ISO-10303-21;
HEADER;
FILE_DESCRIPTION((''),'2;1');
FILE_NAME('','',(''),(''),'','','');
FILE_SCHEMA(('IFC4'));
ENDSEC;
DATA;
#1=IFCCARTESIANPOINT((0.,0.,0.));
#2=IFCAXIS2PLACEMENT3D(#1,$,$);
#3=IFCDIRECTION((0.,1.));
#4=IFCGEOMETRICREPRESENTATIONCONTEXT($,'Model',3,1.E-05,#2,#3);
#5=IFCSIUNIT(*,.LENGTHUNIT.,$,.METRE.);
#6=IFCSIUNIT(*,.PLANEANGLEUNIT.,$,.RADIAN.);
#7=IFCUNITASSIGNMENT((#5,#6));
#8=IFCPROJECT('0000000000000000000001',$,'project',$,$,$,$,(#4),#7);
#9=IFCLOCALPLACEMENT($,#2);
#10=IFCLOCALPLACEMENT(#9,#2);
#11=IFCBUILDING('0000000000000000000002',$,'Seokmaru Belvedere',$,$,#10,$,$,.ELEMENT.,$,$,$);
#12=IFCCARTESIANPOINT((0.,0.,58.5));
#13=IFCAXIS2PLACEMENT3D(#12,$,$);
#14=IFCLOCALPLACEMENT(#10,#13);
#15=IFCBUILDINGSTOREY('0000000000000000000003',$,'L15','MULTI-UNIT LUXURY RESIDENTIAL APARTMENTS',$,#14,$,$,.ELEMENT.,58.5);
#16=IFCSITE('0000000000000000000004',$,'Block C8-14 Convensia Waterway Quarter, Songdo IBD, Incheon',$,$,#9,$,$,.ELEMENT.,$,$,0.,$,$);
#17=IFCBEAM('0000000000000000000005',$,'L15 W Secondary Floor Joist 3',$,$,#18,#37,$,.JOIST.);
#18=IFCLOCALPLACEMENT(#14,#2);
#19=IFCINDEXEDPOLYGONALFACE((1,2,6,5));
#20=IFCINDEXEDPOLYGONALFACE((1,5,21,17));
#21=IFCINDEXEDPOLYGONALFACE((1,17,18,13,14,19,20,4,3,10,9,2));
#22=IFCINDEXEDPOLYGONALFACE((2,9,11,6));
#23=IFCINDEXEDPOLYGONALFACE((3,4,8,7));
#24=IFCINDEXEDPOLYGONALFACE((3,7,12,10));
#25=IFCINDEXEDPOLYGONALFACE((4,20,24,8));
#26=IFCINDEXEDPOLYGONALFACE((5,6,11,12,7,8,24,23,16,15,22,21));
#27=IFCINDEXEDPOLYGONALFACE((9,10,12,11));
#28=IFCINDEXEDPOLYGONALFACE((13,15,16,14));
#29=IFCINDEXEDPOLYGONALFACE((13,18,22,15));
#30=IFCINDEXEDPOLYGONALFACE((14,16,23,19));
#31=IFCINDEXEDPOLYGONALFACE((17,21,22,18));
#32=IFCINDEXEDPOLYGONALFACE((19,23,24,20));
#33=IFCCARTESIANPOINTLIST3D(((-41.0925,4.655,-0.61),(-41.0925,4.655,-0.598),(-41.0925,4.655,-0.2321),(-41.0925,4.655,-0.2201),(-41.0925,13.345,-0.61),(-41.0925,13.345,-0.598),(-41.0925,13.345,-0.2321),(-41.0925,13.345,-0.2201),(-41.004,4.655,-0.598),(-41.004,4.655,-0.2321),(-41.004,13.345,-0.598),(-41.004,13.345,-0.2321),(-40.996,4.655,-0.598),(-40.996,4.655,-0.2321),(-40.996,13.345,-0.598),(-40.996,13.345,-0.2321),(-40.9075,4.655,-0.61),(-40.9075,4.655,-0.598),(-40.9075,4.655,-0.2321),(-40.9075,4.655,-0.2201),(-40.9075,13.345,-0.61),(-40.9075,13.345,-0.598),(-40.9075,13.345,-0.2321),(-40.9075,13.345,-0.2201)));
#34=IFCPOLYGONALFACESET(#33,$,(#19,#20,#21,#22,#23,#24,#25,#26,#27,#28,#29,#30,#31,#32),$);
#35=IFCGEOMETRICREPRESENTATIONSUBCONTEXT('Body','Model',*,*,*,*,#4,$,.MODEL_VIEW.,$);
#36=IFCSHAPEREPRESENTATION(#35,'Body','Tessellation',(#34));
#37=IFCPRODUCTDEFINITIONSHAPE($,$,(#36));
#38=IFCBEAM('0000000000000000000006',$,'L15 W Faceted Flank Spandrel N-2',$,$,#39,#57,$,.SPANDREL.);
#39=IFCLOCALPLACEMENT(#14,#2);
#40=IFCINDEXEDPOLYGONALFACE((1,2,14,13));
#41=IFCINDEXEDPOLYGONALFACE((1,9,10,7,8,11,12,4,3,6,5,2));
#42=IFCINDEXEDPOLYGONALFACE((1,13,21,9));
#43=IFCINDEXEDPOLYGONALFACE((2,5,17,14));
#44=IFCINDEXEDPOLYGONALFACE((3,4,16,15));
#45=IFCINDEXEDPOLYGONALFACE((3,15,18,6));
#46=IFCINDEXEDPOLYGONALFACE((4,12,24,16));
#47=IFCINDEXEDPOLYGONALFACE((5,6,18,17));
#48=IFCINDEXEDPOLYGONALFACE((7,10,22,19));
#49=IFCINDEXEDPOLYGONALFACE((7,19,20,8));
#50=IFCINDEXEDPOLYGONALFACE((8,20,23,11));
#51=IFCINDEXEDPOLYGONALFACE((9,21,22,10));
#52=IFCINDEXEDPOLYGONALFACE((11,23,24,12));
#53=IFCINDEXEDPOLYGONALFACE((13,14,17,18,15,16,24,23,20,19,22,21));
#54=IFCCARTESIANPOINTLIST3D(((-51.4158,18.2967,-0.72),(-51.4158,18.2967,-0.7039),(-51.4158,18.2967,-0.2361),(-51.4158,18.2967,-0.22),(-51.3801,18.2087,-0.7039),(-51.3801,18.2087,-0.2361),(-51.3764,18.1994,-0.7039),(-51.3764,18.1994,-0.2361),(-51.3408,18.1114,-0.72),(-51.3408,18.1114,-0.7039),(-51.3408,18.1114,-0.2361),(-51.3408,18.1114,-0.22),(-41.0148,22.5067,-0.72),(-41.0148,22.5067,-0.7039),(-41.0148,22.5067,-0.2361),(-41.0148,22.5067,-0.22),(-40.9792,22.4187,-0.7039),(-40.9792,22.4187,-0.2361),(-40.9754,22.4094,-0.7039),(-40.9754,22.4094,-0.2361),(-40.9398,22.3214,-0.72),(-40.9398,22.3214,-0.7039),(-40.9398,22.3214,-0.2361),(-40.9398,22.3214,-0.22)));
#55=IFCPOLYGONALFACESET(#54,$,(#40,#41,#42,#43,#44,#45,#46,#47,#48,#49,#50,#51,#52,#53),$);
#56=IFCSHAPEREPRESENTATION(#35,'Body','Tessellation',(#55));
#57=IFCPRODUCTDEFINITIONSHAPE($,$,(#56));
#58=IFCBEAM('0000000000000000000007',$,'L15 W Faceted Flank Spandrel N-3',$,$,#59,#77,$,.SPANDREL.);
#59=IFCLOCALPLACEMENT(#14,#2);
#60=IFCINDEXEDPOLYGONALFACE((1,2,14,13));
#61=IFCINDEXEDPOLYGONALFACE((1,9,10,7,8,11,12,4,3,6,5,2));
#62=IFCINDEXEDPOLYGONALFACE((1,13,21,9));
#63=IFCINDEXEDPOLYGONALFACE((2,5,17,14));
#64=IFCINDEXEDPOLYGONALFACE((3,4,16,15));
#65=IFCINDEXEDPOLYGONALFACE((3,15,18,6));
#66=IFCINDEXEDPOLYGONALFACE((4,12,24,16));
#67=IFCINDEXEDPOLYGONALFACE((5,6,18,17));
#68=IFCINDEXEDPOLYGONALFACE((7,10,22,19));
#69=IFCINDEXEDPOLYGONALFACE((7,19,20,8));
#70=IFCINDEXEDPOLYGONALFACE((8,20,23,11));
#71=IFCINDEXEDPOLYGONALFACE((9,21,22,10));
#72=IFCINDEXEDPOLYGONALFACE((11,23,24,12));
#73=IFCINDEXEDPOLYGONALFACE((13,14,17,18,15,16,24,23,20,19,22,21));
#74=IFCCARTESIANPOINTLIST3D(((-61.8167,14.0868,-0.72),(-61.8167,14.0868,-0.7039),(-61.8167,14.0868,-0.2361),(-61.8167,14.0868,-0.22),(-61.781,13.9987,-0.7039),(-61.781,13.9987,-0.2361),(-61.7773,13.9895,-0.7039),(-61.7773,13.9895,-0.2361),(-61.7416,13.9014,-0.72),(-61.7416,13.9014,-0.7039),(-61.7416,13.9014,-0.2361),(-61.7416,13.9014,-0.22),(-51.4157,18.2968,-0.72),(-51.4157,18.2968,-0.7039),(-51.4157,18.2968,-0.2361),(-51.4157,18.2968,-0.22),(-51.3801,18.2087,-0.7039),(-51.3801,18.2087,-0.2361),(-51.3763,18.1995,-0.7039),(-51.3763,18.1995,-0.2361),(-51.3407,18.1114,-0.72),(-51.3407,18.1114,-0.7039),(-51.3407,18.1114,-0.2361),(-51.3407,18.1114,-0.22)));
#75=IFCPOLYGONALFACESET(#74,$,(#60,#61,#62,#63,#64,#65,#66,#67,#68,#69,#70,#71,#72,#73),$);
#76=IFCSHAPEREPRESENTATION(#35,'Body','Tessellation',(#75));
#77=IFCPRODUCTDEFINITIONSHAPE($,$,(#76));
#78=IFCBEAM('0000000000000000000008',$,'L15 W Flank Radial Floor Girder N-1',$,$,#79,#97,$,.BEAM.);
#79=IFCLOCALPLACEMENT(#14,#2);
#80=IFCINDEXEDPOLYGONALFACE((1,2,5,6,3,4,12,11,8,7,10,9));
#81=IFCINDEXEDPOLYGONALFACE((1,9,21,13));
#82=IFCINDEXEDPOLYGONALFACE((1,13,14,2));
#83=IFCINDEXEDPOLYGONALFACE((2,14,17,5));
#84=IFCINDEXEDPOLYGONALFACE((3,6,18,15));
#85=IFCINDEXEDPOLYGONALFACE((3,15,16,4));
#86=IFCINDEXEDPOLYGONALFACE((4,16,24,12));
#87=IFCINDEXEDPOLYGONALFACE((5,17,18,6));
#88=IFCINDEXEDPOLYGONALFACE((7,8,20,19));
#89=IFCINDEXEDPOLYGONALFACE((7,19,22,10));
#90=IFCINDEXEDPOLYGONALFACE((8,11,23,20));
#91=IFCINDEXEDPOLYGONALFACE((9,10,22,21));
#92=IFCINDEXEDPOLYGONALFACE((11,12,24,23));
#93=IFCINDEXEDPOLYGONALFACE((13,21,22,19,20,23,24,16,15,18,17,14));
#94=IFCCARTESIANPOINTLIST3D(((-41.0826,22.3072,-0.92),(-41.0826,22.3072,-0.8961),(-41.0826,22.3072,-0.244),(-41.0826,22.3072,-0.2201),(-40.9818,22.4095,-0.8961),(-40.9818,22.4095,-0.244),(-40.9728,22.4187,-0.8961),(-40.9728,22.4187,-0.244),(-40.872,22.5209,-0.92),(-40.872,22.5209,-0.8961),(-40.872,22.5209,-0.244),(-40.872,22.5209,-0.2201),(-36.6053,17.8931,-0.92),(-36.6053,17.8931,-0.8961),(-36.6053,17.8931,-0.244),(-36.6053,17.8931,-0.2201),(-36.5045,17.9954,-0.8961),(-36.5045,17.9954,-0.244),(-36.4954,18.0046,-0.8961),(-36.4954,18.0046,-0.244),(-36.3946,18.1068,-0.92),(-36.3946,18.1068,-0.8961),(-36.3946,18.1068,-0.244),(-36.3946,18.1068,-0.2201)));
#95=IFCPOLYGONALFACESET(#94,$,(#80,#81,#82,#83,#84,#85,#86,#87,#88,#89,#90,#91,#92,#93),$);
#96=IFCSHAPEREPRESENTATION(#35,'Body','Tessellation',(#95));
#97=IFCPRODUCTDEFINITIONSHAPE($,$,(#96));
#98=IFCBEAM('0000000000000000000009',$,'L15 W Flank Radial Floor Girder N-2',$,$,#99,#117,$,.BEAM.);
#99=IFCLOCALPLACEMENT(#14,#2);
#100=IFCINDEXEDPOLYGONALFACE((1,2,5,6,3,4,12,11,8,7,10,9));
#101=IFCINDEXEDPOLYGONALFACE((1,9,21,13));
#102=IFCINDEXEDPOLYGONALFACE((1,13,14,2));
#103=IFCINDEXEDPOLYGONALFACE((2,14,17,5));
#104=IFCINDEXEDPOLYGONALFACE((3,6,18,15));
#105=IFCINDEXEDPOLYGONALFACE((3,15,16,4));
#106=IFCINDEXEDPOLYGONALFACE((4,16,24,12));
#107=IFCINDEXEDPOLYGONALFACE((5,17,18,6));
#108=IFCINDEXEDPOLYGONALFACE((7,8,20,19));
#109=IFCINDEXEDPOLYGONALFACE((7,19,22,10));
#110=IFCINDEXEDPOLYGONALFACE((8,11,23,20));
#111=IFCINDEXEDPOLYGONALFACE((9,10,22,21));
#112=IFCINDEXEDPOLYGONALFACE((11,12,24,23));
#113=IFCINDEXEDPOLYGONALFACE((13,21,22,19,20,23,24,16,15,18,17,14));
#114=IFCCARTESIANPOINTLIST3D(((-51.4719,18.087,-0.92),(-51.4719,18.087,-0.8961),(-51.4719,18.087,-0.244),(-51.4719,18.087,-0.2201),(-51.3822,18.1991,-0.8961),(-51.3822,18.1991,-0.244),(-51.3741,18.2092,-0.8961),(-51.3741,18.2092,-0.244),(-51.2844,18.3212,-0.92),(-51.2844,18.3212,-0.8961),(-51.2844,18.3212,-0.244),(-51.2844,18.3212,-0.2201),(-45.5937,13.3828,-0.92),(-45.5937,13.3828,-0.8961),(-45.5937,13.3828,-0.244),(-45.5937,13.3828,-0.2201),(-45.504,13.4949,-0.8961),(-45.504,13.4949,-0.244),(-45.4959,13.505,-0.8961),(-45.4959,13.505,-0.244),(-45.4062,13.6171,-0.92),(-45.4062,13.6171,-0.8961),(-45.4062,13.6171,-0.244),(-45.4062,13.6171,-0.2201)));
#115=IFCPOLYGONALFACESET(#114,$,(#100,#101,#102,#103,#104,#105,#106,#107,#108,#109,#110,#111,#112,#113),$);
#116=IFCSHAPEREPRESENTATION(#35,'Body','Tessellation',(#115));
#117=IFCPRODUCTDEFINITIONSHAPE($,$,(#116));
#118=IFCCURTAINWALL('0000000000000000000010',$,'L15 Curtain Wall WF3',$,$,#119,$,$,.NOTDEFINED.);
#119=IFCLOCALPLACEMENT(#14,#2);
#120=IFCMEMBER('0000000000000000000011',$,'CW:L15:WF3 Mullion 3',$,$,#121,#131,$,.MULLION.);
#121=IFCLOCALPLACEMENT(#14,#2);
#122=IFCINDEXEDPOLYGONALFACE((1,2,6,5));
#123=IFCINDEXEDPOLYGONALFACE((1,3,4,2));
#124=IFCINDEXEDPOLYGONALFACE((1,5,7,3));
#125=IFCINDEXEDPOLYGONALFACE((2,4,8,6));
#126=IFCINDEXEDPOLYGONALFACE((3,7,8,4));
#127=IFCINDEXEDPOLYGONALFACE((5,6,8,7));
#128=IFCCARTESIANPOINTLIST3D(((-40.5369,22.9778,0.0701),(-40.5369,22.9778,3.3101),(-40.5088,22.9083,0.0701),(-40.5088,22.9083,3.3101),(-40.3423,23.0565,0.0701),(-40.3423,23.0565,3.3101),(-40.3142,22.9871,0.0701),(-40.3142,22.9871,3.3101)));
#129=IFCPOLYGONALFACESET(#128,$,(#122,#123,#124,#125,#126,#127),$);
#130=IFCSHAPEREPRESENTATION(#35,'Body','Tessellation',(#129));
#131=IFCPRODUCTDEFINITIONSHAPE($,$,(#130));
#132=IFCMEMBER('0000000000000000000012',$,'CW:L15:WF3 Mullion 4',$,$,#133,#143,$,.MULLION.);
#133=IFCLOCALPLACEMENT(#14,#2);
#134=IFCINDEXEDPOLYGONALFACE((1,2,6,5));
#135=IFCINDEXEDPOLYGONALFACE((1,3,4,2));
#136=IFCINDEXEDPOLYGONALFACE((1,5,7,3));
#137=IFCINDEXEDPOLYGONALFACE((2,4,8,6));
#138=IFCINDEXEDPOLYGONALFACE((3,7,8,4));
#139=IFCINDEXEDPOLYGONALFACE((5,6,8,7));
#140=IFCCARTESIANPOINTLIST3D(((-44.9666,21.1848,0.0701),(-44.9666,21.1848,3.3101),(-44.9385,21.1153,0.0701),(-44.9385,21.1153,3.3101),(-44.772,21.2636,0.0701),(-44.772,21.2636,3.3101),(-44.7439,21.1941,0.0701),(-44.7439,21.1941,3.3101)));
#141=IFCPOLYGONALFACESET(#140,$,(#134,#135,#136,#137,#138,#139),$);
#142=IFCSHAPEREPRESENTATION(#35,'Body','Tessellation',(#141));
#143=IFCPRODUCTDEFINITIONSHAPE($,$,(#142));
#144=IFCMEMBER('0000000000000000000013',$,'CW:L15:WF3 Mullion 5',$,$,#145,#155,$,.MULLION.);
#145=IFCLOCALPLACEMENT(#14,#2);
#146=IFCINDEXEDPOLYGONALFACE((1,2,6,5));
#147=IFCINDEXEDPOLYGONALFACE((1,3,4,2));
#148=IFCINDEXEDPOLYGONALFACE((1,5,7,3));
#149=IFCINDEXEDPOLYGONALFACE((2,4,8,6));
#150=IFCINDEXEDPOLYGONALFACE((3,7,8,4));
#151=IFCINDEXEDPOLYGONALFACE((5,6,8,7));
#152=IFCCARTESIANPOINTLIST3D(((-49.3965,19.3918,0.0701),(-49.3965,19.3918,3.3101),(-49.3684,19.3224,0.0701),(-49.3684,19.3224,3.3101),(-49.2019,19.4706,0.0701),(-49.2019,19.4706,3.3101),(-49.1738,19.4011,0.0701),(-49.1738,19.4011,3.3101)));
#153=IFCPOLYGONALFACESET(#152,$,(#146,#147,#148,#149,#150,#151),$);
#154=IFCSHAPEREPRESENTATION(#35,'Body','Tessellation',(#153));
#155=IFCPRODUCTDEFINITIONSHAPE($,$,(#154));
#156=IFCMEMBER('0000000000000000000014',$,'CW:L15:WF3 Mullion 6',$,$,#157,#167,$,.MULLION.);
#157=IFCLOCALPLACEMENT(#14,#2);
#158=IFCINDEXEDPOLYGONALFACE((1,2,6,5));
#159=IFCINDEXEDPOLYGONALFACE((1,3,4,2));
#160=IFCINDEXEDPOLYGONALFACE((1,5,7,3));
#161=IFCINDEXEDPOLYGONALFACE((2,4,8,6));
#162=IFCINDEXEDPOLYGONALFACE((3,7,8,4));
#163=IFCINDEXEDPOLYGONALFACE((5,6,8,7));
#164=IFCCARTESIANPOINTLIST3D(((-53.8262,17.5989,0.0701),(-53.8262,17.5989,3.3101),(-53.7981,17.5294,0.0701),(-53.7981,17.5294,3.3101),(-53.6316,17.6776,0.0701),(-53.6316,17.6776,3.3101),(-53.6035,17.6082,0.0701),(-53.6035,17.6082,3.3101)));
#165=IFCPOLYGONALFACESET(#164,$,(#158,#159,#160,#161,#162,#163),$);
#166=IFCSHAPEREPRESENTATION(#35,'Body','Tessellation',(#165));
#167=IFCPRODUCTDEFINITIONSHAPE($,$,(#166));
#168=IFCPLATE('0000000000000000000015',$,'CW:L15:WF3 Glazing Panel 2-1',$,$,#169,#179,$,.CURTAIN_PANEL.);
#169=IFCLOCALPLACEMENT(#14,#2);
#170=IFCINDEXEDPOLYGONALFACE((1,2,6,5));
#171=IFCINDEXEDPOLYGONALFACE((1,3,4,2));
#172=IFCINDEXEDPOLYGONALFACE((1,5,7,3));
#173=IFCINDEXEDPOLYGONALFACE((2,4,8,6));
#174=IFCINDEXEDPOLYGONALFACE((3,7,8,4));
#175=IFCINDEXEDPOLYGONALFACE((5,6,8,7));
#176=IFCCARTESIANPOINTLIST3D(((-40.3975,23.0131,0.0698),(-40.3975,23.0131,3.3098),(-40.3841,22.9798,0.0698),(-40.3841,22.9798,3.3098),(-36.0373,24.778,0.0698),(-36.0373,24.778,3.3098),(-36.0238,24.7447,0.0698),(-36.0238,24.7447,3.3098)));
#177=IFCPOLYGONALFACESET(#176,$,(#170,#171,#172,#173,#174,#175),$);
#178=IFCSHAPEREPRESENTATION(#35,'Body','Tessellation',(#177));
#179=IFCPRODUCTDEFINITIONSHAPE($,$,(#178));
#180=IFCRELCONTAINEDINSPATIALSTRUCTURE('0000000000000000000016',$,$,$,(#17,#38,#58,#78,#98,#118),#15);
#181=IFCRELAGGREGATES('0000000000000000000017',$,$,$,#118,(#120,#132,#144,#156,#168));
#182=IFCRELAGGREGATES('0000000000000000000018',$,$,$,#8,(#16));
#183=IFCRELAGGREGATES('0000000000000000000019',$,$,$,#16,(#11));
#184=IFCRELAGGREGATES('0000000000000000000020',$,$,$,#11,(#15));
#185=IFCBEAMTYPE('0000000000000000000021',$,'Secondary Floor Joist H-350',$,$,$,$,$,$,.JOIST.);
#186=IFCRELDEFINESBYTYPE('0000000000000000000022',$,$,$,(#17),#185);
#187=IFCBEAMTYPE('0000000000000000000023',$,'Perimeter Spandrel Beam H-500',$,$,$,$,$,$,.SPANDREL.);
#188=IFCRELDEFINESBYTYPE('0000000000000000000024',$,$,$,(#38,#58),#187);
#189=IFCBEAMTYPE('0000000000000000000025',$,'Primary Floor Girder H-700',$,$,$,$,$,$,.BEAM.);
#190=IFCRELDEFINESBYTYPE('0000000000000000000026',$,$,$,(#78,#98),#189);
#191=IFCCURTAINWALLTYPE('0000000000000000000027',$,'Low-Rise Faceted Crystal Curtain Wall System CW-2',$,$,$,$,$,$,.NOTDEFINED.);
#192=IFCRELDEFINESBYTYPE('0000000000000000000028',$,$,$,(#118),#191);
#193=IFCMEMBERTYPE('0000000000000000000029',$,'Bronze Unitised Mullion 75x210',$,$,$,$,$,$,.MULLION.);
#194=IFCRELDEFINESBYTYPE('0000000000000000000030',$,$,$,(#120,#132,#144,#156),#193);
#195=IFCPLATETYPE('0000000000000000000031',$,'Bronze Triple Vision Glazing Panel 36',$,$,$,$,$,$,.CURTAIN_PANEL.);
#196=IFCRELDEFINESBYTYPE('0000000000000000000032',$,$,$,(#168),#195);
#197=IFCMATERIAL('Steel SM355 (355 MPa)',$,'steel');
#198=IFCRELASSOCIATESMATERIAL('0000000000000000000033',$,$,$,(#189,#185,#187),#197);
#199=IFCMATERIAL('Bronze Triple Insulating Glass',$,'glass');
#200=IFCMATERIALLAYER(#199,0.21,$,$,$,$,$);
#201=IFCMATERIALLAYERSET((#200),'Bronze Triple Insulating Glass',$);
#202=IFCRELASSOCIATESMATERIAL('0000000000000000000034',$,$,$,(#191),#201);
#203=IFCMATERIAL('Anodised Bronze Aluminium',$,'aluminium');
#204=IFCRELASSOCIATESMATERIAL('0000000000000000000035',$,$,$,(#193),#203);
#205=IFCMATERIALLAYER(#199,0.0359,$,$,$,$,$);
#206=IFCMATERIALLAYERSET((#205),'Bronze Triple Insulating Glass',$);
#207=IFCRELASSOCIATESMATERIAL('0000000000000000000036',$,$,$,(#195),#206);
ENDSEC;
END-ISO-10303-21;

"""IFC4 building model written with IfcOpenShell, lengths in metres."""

from ifc_helpers import new_model, si_unit, direction, frame, origin, origin_2d, place, context, subcontext, project, spatial, rectangle, i_section, extrude, source, transform, mapped, material, layer, layer_set, material_profile, profile_set, type_object, type_shapes, element, aggregate, save


model = new_model("IFC4")

# Units and contexts
model_context = context("Model", 3, precision=1e-05, world=origin(), true_north=direction((0.0, 1.0)))
body_context = subcontext(model_context, "Body", "Model", "MODEL_VIEW")
ifc_project = project(units=[si_unit("LENGTHUNIT", "METRE"), si_unit("PLANEANGLEUNIT", "RADIAN")], contexts=[model_context])

# Site, building, storey
site_placement = place(None, origin())
site = spatial("IfcSite", under=ifc_project, at=site_placement, Name="Block C8-14 Convensia Waterway Quarter, Songdo IBD, Incheon", CompositionType="ELEMENT", RefElevation=0.0)
building_placement = place(site_placement, origin())
building = spatial("IfcBuilding", under=site, at=building_placement, Name="Seokmaru Belvedere", CompositionType="ELEMENT")
storey_placement = place(building_placement, frame((0.0, 0.0, 58.5)))
storey = spatial("IfcBuildingStorey", under=building, at=storey_placement, Name="L15", Description="MULTI-UNIT LUXURY RESIDENTIAL APARTMENTS", CompositionType="ELEMENT", Elevation=58.5)

# Shared definitions
ifc_material_1 = material(Name="Steel SM355 (355 MPa)", Category="steel")

# Beams
ifc_material_profile_1 = material_profile(ifc_material_1, i_section(OverallWidth=0.3, OverallDepth=0.7, WebThickness=0.0129, FlangeThickness=0.0239, at=origin_2d()), Name="H-700x300x13x24")
ifc_profile_set_1 = profile_set([ifc_material_profile_1], Name="Steel SM355 (355 MPa)")
beam_type_1 = type_object("IfcBeamType", Name="Primary Floor Girder H-700", PredefinedType="BEAM", material=ifc_profile_set_1)
ifc_material_profile_2 = material_profile(ifc_material_1, i_section(OverallWidth=0.1851, OverallDepth=0.3899, WebThickness=0.0081, FlangeThickness=0.012, at=origin_2d()), Name="H-390x185x8x12")
ifc_profile_set_2 = profile_set([ifc_material_profile_2], Name="Steel SM355 (355 MPa)")
beam_type_2 = type_object("IfcBeamType", Name="Secondary Floor Joist H-350", PredefinedType="JOIST", material=ifc_profile_set_2)
shared_shape_1 = source(origin(), body_context, "Body", "SweptSolid", [
    extrude(i_section(OverallWidth=0.1851, OverallDepth=0.3899, WebThickness=0.0081, FlangeThickness=0.012, at=origin_2d()), origin(), (0.0, 0.0, 1.0), 8.6899),
])
type_shapes(beam_type_2, [shared_shape_1])
for number, where, z_axis, x_axis, name in (
    (1, (-41.0, 4.655, -0.415), (0.0, 1.0, 0.0), (-1.0, 0.0, 0.0), "L15 W Secondary Floor Joist 3"),
):
    element("IfcBeam", number, at=place(storey_placement, frame(where, z_axis=z_axis, x_axis=x_axis)), inside=storey, type_object=beam_type_2, Name=name, PredefinedType="JOIST", context=body_context, shape_type="MappedRepresentation", body=[
        mapped(shared_shape_1, transform((0.0, 0.0, 0.0), scale=1.0)),
    ])
ifc_material_profile_3 = material_profile(ifc_material_1, i_section(OverallWidth=0.2, OverallDepth=0.5, WebThickness=0.01, FlangeThickness=0.0161, at=origin_2d()), Name="H-500x200x10x16")
ifc_profile_set_3 = profile_set([ifc_material_profile_3], Name="Steel SM355 (355 MPa)")
beam_type_3 = type_object("IfcBeamType", Name="Perimeter Spandrel Beam H-500", PredefinedType="SPANDREL", material=ifc_profile_set_3)
shared_shape_2 = source(origin(), body_context, "Body", "SweptSolid", [
    extrude(i_section(OverallWidth=0.2, OverallDepth=0.5, WebThickness=0.01, FlangeThickness=0.0161, at=origin_2d()), origin(), (0.0, 0.0, 1.0), 11.2207),
])
type_shapes(beam_type_3, [shared_shape_2])
for number, where, z_axis, x_axis, name in (
    (2, (-40.9773, 22.4141, -0.47), (-0.926944, -0.375199, 0.0), (0.375199, -0.926944, 0.0), "L15 W Faceted Flank Spandrel N-2"),
    (3, (-51.3782, 18.2041, -0.47), (-0.926944, -0.375199, 0.0), (0.375199, -0.926944, 0.0), "L15 W Faceted Flank Spandrel N-3"),
):
    element("IfcBeam", number, at=place(storey_placement, frame(where, z_axis=z_axis, x_axis=x_axis)), inside=storey, type_object=beam_type_3, Name=name, PredefinedType="SPANDREL", context=body_context, shape_type="MappedRepresentation", body=[
        mapped(shared_shape_2, transform((0.0, 0.0, 0.0), scale=1.0)),
    ])
shared_shape_3 = source(origin(), body_context, "Body", "SweptSolid", [
    extrude(i_section(OverallWidth=0.3, OverallDepth=0.7, WebThickness=0.0129, FlangeThickness=0.0239, at=origin_2d()), origin(), (0.0, 0.0, 1.0), 6.2874),
])
beam_1_placement = place(storey_placement, frame((-40.9773, 22.4141, -0.5701), z_axis=(0.712117, -0.70206, 0.0), x_axis=(0.70206, 0.712117, 0.0)))
element("IfcBeam", 4, at=beam_1_placement, inside=storey, type_object=beam_type_1, Name="L15 W Flank Radial Floor Girder N-1", PredefinedType="BEAM", context=body_context, shape_type="MappedRepresentation", body=[
    mapped(shared_shape_3, transform((0.0, 0.0, 0.0), scale=1.0)),
])
shared_shape_4 = source(origin(), body_context, "Body", "SweptSolid", [
    extrude(i_section(OverallWidth=0.3, OverallDepth=0.7, WebThickness=0.0129, FlangeThickness=0.0239, at=origin_2d()), origin(), (0.0, 0.0, 1.0), 7.5288),
])
beam_2_placement = place(storey_placement, frame((-51.3782, 18.2041, -0.5701), z_axis=(0.780768, -0.624822, 0.0), x_axis=(0.624822, 0.780768, 0.0)))
element("IfcBeam", 5, at=beam_2_placement, inside=storey, type_object=beam_type_1, Name="L15 W Flank Radial Floor Girder N-2", PredefinedType="BEAM", context=body_context, shape_type="MappedRepresentation", body=[
    mapped(shared_shape_4, transform((0.0, 0.0, 0.0), scale=1.0)),
])

# Curtain wall, members, plate
ifc_material_2 = material(Name="Bronze Triple Insulating Glass", Category="glass")
ifc_layer_1 = layer(ifc_material_2, 0.21)
ifc_layer_set_1 = layer_set([ifc_layer_1], Name="Bronze Triple Insulating Glass")
curtain_wall_type = type_object("IfcCurtainWallType", Name="Low-Rise Faceted Crystal Curtain Wall System CW-2", PredefinedType="NOTDEFINED", material=ifc_layer_set_1)
curtain_wall_placement = place(storey_placement, origin())
curtain_wall = element("IfcCurtainWall", 6, at=curtain_wall_placement, inside=storey, type_object=curtain_wall_type, Name="L15 Curtain Wall WF3", PredefinedType="NOTDEFINED")
ifc_material_3 = material(Name="Anodised Bronze Aluminium", Category="aluminium")
ifc_material_profile_4 = material_profile(ifc_material_3, rectangle(XDim=0.075, YDim=0.21, at=origin_2d()), Name="CW-M-75x210")
ifc_profile_set_4 = profile_set([ifc_material_profile_4], Name="Anodised Bronze Aluminium")
member_type = type_object("IfcMemberType", Name="Bronze Unitised Mullion 75x210", PredefinedType="MULLION", material=ifc_profile_set_4)
shared_shape_5 = source(origin(), body_context, "Body", "SweptSolid", [
    extrude(rectangle(XDim=0.075, YDim=0.21, at=origin_2d()), origin(), (0.0, 0.0, 1.0), 3.24),
])
type_shapes(member_type, [shared_shape_5])
member_1_placement = place(storey_placement, frame((-40.4255, 22.9824, 0.0701), z_axis=(0.0, 0.0, 1.0), x_axis=(0.375192, -0.926947, 0.0)))
member_1 = element("IfcMember", 7, at=member_1_placement, type_object=member_type, Name="CW:L15:WF3 Mullion 3", PredefinedType="MULLION", context=body_context, shape_type="MappedRepresentation", body=[
    mapped(shared_shape_5, transform((0.0, 0.0, 0.0), scale=1.0)),
])
member_2_placement = place(storey_placement, frame((-44.8552, 21.1895, 0.0701), z_axis=(0.0, 0.0, 1.0), x_axis=(0.375192, -0.926947, 0.0)))
member_2 = element("IfcMember", 8, at=member_2_placement, type_object=member_type, Name="CW:L15:WF3 Mullion 4", PredefinedType="MULLION", context=body_context, shape_type="MappedRepresentation", body=[
    mapped(shared_shape_5, transform((0.0, 0.0, 0.0), scale=1.0)),
])
member_3_placement = place(storey_placement, frame((-49.2852, 19.3965, 0.0701), z_axis=(0.0, 0.0, 1.0), x_axis=(0.375192, -0.926947, 0.0)))
member_3 = element("IfcMember", 9, at=member_3_placement, type_object=member_type, Name="CW:L15:WF3 Mullion 5", PredefinedType="MULLION", context=body_context, shape_type="MappedRepresentation", body=[
    mapped(shared_shape_5, transform((0.0, 0.0, 0.0), scale=1.0)),
])
member_4_placement = place(storey_placement, frame((-53.7148, 17.6035, 0.0701), z_axis=(0.0, 0.0, 1.0), x_axis=(0.375192, -0.926947, 0.0)))
member_4 = element("IfcMember", 10, at=member_4_placement, type_object=member_type, Name="CW:L15:WF3 Mullion 6", PredefinedType="MULLION", context=body_context, shape_type="MappedRepresentation", body=[
    mapped(shared_shape_5, transform((0.0, 0.0, 0.0), scale=1.0)),
])
ifc_layer_2 = layer(ifc_material_2, 0.0359)
ifc_layer_set_2 = layer_set([ifc_layer_2], Name="Bronze Triple Insulating Glass")
plate_type = type_object("IfcPlateType", Name="Bronze Triple Vision Glazing Panel 36", PredefinedType="CURTAIN_PANEL", material=ifc_layer_set_2)
shared_shape_6 = source(origin(), body_context, "Body", "SweptSolid", [
    extrude(rectangle(XDim=4.7039, YDim=0.0359, at=origin_2d()), origin(), (0.0, 0.0, 1.0), 3.24),
])
type_shapes(plate_type, [shared_shape_6])
plate_1_placement = place(storey_placement, frame((-38.2107, 23.8789, 0.0698), z_axis=(0.0, 0.0, 1.0), x_axis=(-0.926947, -0.375192, 0.0)))
plate_1 = element("IfcPlate", 11, at=plate_1_placement, type_object=plate_type, Name="CW:L15:WF3 Glazing Panel 2-1", PredefinedType="CURTAIN_PANEL", context=body_context, shape_type="MappedRepresentation", body=[
    mapped(shared_shape_6, transform((0.0, 0.0, 0.0), scale=1.0)),
])
aggregate(curtain_wall, [member_1, member_2, member_3, member_4, plate_1])

save(model, "model.ifc")
